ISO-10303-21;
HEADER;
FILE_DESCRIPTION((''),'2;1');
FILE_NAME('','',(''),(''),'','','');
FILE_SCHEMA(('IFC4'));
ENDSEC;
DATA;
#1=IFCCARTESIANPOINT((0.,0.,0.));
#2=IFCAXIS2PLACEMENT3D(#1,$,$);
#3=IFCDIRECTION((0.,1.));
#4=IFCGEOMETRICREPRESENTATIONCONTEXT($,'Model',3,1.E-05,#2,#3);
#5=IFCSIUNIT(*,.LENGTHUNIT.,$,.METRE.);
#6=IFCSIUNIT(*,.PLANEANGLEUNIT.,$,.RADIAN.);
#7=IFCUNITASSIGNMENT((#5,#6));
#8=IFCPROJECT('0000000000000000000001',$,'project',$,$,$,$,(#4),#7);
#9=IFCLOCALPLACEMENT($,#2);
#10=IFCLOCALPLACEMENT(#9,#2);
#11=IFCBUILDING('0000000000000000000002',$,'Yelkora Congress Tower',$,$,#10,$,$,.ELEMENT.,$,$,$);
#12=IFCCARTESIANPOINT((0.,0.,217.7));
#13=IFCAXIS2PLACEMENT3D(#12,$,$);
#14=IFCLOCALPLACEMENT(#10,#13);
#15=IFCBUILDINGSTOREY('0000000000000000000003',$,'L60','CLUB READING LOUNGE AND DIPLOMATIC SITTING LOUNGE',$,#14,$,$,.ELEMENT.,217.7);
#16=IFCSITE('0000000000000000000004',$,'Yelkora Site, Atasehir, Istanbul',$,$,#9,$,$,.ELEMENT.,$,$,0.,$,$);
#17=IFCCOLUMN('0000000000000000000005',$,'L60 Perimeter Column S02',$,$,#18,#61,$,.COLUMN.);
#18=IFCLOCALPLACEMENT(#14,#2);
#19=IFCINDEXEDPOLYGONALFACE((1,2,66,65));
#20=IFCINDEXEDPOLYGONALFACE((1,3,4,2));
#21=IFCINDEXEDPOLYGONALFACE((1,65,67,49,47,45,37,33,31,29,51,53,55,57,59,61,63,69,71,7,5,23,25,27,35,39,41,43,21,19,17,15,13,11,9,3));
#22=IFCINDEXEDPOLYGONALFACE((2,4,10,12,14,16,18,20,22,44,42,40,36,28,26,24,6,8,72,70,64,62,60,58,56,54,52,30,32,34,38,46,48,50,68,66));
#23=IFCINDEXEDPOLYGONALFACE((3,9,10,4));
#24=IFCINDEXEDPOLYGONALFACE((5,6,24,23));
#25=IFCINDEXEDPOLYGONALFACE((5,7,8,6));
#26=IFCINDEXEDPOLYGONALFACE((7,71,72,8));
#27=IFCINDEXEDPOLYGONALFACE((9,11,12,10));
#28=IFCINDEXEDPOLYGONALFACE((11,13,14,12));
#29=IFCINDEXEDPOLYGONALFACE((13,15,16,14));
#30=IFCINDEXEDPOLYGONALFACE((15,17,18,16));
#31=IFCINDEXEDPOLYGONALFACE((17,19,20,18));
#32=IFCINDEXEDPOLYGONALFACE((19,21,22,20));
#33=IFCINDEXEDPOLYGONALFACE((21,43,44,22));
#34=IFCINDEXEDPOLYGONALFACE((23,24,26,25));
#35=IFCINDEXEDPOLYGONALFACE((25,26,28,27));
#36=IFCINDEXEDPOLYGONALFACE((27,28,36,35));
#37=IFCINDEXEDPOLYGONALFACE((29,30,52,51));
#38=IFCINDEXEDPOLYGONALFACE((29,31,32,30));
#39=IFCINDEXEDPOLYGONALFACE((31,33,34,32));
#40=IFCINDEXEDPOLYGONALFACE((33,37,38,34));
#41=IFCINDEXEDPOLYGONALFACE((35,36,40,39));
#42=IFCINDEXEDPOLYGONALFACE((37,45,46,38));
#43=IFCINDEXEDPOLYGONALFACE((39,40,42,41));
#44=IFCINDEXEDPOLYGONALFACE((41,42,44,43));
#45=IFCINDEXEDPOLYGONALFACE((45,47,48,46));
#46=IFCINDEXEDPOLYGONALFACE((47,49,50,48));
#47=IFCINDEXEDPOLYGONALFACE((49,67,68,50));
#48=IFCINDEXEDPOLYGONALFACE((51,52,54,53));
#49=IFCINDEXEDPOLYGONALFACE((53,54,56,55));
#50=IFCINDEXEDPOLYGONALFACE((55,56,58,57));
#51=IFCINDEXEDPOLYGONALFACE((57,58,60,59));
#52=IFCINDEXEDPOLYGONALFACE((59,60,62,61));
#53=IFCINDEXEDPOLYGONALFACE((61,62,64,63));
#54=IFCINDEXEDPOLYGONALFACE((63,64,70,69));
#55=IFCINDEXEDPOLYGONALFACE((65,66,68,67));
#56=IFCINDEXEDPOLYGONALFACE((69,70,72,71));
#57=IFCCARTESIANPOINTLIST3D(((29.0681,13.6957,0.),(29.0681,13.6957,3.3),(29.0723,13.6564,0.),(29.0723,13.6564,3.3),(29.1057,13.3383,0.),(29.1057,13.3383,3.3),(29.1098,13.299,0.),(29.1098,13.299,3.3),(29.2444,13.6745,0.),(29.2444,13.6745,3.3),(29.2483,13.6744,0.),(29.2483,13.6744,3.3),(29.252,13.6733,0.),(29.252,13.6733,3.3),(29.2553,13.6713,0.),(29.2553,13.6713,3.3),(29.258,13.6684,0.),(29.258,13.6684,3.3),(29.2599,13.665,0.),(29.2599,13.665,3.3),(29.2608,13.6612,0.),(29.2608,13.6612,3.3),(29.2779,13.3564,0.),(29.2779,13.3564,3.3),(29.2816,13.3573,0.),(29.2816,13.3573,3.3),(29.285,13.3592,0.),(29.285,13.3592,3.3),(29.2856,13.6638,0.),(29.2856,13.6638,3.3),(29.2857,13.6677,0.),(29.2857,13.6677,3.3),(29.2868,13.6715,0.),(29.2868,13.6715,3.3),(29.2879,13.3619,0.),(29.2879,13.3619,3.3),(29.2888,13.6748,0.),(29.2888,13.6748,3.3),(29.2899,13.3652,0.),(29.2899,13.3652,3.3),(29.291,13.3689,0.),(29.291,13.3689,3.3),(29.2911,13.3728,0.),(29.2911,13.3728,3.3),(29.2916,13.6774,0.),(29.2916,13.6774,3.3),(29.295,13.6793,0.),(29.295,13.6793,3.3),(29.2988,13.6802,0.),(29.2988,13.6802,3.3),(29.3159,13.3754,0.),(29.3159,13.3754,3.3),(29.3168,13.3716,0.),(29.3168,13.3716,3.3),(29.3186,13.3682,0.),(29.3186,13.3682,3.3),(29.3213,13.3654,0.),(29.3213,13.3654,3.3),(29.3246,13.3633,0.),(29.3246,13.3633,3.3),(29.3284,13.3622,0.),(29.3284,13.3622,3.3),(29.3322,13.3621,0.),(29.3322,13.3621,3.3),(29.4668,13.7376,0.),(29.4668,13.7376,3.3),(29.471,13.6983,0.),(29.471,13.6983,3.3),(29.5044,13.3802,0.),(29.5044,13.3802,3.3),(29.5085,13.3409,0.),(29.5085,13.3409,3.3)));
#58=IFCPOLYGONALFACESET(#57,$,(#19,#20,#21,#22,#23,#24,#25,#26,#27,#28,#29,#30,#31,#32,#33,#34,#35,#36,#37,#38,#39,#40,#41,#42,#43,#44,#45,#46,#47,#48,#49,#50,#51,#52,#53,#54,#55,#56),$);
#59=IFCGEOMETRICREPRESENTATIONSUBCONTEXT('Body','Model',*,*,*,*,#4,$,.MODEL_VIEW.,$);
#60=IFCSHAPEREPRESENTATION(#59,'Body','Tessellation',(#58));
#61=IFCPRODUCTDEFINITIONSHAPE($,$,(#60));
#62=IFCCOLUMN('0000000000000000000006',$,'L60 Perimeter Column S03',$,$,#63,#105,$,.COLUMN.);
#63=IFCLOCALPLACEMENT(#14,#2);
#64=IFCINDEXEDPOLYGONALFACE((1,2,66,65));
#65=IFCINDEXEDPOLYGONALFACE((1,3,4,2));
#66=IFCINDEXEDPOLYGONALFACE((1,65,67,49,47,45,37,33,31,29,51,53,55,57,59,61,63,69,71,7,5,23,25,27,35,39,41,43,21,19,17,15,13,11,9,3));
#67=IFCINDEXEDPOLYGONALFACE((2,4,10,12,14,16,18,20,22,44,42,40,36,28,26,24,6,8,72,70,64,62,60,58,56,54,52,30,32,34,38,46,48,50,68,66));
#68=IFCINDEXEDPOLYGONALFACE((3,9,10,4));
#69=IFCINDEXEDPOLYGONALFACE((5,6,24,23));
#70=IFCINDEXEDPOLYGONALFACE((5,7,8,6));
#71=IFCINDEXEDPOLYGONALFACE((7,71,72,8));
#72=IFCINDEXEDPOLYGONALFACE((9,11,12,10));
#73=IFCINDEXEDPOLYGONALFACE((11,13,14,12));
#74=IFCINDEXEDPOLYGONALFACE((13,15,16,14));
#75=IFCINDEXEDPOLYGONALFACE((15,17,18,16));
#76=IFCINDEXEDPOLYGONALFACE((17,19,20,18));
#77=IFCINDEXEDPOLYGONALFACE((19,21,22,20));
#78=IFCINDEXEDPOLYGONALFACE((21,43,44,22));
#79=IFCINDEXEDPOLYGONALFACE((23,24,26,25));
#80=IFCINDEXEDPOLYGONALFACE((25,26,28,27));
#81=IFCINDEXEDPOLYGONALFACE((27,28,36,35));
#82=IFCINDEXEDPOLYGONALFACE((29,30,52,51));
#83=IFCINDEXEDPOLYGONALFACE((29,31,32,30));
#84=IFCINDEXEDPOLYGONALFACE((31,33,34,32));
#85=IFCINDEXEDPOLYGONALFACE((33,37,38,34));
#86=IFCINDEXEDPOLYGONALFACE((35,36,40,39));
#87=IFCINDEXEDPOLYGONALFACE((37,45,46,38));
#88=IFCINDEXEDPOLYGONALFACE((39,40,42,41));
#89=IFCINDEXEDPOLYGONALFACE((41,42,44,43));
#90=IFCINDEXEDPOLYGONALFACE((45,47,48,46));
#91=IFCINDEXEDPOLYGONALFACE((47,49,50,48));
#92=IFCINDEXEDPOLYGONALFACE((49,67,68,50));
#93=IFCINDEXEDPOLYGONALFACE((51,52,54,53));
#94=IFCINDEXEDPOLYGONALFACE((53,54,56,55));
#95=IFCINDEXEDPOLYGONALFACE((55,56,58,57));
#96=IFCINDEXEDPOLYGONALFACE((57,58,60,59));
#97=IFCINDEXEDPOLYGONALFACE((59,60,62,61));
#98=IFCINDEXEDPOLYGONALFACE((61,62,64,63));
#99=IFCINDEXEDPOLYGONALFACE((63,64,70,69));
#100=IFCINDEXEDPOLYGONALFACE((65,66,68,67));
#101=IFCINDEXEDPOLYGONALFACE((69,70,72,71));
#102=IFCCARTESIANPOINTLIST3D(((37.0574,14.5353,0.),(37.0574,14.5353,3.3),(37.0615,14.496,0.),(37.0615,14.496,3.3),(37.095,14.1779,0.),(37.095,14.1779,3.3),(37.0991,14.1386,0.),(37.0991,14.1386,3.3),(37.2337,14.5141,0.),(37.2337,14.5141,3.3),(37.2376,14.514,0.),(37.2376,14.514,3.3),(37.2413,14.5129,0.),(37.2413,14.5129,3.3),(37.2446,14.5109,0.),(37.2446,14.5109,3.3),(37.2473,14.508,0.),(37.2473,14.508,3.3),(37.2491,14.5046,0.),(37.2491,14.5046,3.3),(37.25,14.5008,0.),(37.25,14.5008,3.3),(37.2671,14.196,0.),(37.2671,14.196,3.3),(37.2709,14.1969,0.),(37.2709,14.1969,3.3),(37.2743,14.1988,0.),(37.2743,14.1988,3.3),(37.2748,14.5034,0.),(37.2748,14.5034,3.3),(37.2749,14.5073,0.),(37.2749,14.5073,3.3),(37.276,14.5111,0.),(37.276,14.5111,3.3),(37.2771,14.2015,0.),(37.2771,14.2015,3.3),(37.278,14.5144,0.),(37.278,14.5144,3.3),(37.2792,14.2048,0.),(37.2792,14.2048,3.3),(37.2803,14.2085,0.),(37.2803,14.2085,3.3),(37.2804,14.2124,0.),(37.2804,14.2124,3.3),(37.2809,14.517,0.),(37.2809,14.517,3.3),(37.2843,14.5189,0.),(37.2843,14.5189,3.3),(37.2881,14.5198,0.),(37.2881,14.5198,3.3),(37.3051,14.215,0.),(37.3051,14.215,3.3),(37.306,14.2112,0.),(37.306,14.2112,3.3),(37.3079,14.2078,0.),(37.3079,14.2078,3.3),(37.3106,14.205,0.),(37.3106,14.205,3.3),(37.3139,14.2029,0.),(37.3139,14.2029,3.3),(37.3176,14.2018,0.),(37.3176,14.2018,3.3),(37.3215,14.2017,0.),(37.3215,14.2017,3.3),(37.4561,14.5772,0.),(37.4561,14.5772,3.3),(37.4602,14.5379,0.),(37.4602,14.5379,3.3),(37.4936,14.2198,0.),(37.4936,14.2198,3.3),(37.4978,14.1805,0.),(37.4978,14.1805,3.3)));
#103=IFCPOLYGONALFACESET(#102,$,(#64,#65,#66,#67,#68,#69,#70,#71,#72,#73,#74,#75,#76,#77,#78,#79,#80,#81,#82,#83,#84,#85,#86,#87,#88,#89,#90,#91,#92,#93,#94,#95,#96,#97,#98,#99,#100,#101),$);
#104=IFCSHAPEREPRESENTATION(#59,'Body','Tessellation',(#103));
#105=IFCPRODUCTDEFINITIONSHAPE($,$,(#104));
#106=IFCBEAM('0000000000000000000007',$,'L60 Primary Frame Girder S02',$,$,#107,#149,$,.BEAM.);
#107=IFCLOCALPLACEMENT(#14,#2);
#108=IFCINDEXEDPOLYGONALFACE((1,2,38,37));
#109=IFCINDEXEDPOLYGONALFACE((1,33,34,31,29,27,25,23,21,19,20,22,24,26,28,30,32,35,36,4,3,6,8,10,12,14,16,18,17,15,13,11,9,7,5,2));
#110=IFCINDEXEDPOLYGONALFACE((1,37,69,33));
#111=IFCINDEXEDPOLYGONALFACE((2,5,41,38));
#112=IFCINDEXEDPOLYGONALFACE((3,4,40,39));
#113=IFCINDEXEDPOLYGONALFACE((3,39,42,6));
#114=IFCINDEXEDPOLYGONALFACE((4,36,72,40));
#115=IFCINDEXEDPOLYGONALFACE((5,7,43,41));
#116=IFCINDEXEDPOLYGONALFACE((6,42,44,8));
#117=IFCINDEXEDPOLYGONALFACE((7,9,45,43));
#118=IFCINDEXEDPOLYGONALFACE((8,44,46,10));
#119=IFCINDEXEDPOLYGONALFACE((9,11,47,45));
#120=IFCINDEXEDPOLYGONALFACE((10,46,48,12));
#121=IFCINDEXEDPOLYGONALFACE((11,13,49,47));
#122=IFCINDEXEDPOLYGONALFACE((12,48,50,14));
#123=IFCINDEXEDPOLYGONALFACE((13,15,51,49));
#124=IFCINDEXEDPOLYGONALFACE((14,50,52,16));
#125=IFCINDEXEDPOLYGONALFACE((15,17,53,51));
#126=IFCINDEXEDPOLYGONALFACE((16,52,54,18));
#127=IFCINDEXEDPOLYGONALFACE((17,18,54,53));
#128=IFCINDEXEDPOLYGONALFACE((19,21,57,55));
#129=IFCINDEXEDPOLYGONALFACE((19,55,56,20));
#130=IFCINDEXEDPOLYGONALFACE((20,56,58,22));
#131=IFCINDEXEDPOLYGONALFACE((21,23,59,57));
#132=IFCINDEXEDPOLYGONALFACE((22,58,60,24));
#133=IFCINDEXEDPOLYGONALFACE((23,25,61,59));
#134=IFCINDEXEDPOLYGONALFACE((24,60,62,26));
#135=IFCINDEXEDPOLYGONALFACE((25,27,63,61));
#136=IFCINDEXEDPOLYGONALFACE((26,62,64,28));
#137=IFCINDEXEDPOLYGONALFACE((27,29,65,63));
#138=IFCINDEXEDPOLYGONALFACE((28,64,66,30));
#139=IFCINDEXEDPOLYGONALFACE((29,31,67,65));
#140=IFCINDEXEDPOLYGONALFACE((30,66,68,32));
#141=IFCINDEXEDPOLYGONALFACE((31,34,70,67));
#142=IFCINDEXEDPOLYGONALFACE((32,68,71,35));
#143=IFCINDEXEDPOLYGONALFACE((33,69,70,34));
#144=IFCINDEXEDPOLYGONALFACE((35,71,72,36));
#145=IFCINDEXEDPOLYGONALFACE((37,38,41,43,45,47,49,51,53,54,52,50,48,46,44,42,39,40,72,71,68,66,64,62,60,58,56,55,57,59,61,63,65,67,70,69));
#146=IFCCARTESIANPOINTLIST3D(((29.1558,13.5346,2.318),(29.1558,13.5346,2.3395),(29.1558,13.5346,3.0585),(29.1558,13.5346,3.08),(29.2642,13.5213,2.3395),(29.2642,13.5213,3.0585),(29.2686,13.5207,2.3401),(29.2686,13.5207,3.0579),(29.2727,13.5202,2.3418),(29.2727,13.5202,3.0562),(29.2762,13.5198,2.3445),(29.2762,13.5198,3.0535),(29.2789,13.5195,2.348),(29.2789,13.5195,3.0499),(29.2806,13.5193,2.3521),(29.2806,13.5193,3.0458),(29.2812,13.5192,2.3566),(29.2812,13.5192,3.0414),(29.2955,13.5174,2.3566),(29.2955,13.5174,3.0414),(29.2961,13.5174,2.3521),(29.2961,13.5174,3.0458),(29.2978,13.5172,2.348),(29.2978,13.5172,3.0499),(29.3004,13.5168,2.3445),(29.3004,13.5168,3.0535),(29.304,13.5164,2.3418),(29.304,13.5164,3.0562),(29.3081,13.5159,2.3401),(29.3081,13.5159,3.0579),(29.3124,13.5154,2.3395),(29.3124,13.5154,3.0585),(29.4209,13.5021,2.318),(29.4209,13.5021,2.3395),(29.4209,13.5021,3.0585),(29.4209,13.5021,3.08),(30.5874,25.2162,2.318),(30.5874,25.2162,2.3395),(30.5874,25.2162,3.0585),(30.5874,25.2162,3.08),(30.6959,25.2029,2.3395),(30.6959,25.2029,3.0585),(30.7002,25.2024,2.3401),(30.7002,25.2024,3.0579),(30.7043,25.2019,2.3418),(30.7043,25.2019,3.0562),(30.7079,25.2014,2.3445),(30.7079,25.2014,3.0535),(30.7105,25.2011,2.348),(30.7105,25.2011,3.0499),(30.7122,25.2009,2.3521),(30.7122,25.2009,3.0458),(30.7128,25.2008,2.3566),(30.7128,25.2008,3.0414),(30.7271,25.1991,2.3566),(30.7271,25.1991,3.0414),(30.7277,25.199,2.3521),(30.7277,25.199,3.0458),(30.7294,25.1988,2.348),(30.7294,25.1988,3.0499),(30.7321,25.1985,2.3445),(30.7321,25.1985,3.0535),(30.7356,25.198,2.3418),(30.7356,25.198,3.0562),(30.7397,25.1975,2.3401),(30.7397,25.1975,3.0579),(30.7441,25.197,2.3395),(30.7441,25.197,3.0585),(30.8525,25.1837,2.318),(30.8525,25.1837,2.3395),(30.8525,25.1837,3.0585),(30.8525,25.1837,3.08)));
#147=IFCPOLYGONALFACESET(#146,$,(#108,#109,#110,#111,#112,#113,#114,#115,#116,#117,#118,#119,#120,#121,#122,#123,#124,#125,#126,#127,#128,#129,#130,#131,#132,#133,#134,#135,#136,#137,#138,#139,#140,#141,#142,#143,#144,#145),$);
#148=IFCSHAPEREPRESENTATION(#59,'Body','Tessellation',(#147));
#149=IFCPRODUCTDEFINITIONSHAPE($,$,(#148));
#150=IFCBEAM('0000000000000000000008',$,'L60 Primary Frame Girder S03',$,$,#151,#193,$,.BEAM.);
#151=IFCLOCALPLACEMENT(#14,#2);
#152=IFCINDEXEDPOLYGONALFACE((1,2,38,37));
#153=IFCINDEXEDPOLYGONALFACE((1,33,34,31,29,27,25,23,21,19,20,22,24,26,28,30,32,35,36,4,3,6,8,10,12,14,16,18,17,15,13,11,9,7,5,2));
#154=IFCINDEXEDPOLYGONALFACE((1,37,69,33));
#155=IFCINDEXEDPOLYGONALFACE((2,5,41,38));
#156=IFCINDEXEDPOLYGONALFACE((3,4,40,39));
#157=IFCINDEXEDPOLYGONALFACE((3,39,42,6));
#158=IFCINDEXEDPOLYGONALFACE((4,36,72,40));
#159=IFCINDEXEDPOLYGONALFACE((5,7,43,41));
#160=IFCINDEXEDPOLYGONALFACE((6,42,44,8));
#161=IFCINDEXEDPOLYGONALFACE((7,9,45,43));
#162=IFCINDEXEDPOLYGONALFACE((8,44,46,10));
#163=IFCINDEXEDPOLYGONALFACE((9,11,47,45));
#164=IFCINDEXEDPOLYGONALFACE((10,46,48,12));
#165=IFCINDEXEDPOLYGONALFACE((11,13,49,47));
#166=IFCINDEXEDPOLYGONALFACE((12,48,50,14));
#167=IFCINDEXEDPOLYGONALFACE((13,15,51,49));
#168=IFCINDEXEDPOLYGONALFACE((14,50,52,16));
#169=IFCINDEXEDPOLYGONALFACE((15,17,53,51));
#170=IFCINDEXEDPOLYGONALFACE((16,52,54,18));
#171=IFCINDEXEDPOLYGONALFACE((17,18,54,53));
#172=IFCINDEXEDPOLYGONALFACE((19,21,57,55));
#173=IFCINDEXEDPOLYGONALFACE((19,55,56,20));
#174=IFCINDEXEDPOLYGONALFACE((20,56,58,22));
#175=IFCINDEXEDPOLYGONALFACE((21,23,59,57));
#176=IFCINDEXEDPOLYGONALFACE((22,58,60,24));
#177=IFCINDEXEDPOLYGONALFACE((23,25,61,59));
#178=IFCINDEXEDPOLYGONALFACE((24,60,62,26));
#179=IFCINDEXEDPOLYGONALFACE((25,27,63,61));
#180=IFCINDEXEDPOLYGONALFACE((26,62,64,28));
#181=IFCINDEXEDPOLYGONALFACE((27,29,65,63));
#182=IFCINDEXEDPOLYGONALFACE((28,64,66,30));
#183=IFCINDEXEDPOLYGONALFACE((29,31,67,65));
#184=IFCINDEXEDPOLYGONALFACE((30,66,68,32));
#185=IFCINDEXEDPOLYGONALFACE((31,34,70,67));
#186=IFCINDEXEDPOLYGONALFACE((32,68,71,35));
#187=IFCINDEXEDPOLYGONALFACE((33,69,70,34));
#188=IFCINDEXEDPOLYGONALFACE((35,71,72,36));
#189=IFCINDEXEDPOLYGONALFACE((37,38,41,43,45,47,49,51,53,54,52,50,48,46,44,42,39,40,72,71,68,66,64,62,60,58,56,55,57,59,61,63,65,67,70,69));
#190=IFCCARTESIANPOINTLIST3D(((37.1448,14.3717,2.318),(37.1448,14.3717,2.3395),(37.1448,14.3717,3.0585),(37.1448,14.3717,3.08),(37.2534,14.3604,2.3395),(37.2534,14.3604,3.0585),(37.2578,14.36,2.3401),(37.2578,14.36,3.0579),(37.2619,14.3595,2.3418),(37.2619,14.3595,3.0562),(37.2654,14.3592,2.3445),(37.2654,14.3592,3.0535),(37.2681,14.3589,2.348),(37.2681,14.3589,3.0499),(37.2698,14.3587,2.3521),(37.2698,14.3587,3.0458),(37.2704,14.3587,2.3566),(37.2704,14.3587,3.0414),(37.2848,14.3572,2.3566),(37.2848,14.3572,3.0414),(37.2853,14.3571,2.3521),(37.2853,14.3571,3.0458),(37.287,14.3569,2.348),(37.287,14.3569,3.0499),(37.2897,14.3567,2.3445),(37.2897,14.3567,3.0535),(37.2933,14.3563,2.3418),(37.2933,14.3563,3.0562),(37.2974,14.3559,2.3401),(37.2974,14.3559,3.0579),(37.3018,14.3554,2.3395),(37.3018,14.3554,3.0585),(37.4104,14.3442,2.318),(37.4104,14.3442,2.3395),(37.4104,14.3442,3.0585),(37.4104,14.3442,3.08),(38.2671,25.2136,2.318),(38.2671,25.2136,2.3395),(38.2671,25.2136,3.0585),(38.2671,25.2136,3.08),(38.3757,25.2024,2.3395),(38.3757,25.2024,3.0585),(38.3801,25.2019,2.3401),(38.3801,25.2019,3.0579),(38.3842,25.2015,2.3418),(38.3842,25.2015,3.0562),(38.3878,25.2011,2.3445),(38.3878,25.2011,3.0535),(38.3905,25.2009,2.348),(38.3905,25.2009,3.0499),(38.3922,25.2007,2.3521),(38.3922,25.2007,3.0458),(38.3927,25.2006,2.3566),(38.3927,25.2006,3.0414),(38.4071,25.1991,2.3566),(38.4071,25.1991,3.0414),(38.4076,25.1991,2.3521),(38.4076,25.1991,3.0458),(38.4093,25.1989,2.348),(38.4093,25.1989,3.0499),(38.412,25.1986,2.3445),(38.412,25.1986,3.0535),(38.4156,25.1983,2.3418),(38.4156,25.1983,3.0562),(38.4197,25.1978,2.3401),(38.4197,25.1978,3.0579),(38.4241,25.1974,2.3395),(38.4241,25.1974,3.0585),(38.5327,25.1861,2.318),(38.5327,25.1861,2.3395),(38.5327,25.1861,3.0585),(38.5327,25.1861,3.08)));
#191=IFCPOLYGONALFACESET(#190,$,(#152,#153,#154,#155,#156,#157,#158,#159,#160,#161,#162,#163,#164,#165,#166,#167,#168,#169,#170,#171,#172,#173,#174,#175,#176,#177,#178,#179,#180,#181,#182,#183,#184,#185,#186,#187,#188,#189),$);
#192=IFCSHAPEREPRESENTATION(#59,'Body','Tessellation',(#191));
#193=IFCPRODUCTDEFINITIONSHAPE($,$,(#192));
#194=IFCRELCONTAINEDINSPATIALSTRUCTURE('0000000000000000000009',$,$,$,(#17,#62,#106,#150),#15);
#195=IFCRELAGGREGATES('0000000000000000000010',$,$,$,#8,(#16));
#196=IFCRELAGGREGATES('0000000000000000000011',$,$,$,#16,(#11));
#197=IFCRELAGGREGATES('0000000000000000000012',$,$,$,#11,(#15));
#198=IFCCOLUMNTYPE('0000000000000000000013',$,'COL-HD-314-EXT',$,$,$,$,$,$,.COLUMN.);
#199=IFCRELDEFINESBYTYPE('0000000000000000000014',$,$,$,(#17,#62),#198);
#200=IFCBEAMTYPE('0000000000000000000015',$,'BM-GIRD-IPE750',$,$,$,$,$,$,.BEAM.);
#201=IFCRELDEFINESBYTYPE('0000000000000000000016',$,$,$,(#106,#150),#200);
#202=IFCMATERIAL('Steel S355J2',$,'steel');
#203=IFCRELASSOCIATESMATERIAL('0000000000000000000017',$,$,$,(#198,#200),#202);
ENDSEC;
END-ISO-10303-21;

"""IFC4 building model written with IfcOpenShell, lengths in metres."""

from ifc_helpers import new_model, si_unit, direction, frame, origin, origin_2d, place, context, subcontext, project, spatial, i_section, extrude, material, material_profile, profile_set, type_object, element, save


model = new_model("IFC4")

# Units and contexts
model_context = context("Model", 3, precision=1e-05, world=origin(), true_north=direction((0.0, 1.0)))
body_context = subcontext(model_context, "Body", "Model", "MODEL_VIEW")
ifc_project = project(units=[si_unit("LENGTHUNIT", "METRE"), si_unit("PLANEANGLEUNIT", "RADIAN")], contexts=[model_context])

# Site, building, storey
site_placement = place(None, origin())
site = spatial("IfcSite", under=ifc_project, at=site_placement, Name="Yelkora Site, Atasehir, Istanbul", CompositionType="ELEMENT", RefElevation=0.0)
building_placement = place(site_placement, origin())
building = spatial("IfcBuilding", under=site, at=building_placement, Name="Yelkora Congress Tower", CompositionType="ELEMENT")
storey_placement = place(building_placement, frame((0.0, 0.0, 217.7)))
storey = spatial("IfcBuildingStorey", under=building, at=storey_placement, Name="L60", Description="CLUB READING LOUNGE AND DIPLOMATIC SITTING LOUNGE", CompositionType="ELEMENT", Elevation=217.7)

# Columns
ifc_material_1 = material(Name="Steel S355J2", Category="steel")
ifc_material_profile_1 = material_profile(ifc_material_1, i_section(OverallWidth=0.4009, OverallDepth=0.3989, WebThickness=0.0249, FlangeThickness=0.0396, FilletRadius=0.0149, at=origin_2d()), Name="HD 400x314")
ifc_profile_set_1 = profile_set([ifc_material_profile_1], Name="Steel S355J2")
column_type = type_object("IfcColumnType", Name="COL-HD-314-EXT", PredefinedType="COLUMN", material=ifc_profile_set_1)
for number, where, z_axis, x_axis, name in (
    (1, (29.2883, 13.5183, 0.0), (0.0, 0.0, 1.0), (0.994522, 0.104528, 0.0), "L60 Perimeter Column S02"),
    (2, (37.2776, 14.3579, 0.0), (0.0, 0.0, 1.0), (0.994522, 0.104528, 0.0), "L60 Perimeter Column S03"),
):
    element("IfcColumn", number, at=place(storey_placement, frame(where, z_axis=z_axis, x_axis=x_axis)), inside=storey, type_object=column_type, Name=name, PredefinedType="COLUMN", context=body_context, shape_type="SweptSolid", body=[
        extrude(i_section(OverallWidth=0.4009, OverallDepth=0.3989, WebThickness=0.0249, FlangeThickness=0.0396, FilletRadius=0.0149, at=origin_2d()), origin(), (0.0, 0.0, 1.0), 3.3),
    ])

# Beams
ifc_material_profile_2 = material_profile(ifc_material_1, i_section(OverallWidth=0.2671, OverallDepth=0.762, WebThickness=0.0144, FlangeThickness=0.0215, FilletRadius=0.0171, at=origin_2d()), Name="IPE 750x173")
ifc_profile_set_2 = profile_set([ifc_material_profile_2], Name="Steel S355J2")
beam_type_1 = type_object("IfcBeamType", Name="BM-GIRD-IPE750", PredefinedType="BEAM", material=ifc_profile_set_2)
beam_1_placement = place(storey_placement, frame((29.2883, 13.5183, 2.699), z_axis=(0.121645, 0.992574, 0.0), x_axis=(-0.992574, 0.121645, 0.0)))
element("IfcBeam", 3, at=beam_1_placement, inside=storey, type_object=beam_type_1, Name="L60 Primary Frame Girder S02", PredefinedType="BEAM", context=body_context, shape_type="SweptSolid", body=[
    extrude(i_section(OverallWidth=0.2671, OverallDepth=0.762, WebThickness=0.0144, FlangeThickness=0.0215, FilletRadius=0.0171, at=origin_2d()), origin(), (0.0, 0.0, 1.0), 11.769),
])
beam_2_placement = place(storey_placement, frame((37.2776, 14.3579, 2.699), z_axis=(0.102965, 0.994685, 0.0), x_axis=(-0.994685, 0.102965, 0.0)))
element("IfcBeam", 4, at=beam_2_placement, inside=storey, type_object=beam_type_1, Name="L60 Primary Frame Girder S03", PredefinedType="BEAM", context=body_context, shape_type="SweptSolid", body=[
    extrude(i_section(OverallWidth=0.2671, OverallDepth=0.762, WebThickness=0.0144, FlangeThickness=0.0215, FilletRadius=0.0171, at=origin_2d()), origin(), (0.0, 0.0, 1.0), 10.8999),
])

save(model, "model.ifc")
